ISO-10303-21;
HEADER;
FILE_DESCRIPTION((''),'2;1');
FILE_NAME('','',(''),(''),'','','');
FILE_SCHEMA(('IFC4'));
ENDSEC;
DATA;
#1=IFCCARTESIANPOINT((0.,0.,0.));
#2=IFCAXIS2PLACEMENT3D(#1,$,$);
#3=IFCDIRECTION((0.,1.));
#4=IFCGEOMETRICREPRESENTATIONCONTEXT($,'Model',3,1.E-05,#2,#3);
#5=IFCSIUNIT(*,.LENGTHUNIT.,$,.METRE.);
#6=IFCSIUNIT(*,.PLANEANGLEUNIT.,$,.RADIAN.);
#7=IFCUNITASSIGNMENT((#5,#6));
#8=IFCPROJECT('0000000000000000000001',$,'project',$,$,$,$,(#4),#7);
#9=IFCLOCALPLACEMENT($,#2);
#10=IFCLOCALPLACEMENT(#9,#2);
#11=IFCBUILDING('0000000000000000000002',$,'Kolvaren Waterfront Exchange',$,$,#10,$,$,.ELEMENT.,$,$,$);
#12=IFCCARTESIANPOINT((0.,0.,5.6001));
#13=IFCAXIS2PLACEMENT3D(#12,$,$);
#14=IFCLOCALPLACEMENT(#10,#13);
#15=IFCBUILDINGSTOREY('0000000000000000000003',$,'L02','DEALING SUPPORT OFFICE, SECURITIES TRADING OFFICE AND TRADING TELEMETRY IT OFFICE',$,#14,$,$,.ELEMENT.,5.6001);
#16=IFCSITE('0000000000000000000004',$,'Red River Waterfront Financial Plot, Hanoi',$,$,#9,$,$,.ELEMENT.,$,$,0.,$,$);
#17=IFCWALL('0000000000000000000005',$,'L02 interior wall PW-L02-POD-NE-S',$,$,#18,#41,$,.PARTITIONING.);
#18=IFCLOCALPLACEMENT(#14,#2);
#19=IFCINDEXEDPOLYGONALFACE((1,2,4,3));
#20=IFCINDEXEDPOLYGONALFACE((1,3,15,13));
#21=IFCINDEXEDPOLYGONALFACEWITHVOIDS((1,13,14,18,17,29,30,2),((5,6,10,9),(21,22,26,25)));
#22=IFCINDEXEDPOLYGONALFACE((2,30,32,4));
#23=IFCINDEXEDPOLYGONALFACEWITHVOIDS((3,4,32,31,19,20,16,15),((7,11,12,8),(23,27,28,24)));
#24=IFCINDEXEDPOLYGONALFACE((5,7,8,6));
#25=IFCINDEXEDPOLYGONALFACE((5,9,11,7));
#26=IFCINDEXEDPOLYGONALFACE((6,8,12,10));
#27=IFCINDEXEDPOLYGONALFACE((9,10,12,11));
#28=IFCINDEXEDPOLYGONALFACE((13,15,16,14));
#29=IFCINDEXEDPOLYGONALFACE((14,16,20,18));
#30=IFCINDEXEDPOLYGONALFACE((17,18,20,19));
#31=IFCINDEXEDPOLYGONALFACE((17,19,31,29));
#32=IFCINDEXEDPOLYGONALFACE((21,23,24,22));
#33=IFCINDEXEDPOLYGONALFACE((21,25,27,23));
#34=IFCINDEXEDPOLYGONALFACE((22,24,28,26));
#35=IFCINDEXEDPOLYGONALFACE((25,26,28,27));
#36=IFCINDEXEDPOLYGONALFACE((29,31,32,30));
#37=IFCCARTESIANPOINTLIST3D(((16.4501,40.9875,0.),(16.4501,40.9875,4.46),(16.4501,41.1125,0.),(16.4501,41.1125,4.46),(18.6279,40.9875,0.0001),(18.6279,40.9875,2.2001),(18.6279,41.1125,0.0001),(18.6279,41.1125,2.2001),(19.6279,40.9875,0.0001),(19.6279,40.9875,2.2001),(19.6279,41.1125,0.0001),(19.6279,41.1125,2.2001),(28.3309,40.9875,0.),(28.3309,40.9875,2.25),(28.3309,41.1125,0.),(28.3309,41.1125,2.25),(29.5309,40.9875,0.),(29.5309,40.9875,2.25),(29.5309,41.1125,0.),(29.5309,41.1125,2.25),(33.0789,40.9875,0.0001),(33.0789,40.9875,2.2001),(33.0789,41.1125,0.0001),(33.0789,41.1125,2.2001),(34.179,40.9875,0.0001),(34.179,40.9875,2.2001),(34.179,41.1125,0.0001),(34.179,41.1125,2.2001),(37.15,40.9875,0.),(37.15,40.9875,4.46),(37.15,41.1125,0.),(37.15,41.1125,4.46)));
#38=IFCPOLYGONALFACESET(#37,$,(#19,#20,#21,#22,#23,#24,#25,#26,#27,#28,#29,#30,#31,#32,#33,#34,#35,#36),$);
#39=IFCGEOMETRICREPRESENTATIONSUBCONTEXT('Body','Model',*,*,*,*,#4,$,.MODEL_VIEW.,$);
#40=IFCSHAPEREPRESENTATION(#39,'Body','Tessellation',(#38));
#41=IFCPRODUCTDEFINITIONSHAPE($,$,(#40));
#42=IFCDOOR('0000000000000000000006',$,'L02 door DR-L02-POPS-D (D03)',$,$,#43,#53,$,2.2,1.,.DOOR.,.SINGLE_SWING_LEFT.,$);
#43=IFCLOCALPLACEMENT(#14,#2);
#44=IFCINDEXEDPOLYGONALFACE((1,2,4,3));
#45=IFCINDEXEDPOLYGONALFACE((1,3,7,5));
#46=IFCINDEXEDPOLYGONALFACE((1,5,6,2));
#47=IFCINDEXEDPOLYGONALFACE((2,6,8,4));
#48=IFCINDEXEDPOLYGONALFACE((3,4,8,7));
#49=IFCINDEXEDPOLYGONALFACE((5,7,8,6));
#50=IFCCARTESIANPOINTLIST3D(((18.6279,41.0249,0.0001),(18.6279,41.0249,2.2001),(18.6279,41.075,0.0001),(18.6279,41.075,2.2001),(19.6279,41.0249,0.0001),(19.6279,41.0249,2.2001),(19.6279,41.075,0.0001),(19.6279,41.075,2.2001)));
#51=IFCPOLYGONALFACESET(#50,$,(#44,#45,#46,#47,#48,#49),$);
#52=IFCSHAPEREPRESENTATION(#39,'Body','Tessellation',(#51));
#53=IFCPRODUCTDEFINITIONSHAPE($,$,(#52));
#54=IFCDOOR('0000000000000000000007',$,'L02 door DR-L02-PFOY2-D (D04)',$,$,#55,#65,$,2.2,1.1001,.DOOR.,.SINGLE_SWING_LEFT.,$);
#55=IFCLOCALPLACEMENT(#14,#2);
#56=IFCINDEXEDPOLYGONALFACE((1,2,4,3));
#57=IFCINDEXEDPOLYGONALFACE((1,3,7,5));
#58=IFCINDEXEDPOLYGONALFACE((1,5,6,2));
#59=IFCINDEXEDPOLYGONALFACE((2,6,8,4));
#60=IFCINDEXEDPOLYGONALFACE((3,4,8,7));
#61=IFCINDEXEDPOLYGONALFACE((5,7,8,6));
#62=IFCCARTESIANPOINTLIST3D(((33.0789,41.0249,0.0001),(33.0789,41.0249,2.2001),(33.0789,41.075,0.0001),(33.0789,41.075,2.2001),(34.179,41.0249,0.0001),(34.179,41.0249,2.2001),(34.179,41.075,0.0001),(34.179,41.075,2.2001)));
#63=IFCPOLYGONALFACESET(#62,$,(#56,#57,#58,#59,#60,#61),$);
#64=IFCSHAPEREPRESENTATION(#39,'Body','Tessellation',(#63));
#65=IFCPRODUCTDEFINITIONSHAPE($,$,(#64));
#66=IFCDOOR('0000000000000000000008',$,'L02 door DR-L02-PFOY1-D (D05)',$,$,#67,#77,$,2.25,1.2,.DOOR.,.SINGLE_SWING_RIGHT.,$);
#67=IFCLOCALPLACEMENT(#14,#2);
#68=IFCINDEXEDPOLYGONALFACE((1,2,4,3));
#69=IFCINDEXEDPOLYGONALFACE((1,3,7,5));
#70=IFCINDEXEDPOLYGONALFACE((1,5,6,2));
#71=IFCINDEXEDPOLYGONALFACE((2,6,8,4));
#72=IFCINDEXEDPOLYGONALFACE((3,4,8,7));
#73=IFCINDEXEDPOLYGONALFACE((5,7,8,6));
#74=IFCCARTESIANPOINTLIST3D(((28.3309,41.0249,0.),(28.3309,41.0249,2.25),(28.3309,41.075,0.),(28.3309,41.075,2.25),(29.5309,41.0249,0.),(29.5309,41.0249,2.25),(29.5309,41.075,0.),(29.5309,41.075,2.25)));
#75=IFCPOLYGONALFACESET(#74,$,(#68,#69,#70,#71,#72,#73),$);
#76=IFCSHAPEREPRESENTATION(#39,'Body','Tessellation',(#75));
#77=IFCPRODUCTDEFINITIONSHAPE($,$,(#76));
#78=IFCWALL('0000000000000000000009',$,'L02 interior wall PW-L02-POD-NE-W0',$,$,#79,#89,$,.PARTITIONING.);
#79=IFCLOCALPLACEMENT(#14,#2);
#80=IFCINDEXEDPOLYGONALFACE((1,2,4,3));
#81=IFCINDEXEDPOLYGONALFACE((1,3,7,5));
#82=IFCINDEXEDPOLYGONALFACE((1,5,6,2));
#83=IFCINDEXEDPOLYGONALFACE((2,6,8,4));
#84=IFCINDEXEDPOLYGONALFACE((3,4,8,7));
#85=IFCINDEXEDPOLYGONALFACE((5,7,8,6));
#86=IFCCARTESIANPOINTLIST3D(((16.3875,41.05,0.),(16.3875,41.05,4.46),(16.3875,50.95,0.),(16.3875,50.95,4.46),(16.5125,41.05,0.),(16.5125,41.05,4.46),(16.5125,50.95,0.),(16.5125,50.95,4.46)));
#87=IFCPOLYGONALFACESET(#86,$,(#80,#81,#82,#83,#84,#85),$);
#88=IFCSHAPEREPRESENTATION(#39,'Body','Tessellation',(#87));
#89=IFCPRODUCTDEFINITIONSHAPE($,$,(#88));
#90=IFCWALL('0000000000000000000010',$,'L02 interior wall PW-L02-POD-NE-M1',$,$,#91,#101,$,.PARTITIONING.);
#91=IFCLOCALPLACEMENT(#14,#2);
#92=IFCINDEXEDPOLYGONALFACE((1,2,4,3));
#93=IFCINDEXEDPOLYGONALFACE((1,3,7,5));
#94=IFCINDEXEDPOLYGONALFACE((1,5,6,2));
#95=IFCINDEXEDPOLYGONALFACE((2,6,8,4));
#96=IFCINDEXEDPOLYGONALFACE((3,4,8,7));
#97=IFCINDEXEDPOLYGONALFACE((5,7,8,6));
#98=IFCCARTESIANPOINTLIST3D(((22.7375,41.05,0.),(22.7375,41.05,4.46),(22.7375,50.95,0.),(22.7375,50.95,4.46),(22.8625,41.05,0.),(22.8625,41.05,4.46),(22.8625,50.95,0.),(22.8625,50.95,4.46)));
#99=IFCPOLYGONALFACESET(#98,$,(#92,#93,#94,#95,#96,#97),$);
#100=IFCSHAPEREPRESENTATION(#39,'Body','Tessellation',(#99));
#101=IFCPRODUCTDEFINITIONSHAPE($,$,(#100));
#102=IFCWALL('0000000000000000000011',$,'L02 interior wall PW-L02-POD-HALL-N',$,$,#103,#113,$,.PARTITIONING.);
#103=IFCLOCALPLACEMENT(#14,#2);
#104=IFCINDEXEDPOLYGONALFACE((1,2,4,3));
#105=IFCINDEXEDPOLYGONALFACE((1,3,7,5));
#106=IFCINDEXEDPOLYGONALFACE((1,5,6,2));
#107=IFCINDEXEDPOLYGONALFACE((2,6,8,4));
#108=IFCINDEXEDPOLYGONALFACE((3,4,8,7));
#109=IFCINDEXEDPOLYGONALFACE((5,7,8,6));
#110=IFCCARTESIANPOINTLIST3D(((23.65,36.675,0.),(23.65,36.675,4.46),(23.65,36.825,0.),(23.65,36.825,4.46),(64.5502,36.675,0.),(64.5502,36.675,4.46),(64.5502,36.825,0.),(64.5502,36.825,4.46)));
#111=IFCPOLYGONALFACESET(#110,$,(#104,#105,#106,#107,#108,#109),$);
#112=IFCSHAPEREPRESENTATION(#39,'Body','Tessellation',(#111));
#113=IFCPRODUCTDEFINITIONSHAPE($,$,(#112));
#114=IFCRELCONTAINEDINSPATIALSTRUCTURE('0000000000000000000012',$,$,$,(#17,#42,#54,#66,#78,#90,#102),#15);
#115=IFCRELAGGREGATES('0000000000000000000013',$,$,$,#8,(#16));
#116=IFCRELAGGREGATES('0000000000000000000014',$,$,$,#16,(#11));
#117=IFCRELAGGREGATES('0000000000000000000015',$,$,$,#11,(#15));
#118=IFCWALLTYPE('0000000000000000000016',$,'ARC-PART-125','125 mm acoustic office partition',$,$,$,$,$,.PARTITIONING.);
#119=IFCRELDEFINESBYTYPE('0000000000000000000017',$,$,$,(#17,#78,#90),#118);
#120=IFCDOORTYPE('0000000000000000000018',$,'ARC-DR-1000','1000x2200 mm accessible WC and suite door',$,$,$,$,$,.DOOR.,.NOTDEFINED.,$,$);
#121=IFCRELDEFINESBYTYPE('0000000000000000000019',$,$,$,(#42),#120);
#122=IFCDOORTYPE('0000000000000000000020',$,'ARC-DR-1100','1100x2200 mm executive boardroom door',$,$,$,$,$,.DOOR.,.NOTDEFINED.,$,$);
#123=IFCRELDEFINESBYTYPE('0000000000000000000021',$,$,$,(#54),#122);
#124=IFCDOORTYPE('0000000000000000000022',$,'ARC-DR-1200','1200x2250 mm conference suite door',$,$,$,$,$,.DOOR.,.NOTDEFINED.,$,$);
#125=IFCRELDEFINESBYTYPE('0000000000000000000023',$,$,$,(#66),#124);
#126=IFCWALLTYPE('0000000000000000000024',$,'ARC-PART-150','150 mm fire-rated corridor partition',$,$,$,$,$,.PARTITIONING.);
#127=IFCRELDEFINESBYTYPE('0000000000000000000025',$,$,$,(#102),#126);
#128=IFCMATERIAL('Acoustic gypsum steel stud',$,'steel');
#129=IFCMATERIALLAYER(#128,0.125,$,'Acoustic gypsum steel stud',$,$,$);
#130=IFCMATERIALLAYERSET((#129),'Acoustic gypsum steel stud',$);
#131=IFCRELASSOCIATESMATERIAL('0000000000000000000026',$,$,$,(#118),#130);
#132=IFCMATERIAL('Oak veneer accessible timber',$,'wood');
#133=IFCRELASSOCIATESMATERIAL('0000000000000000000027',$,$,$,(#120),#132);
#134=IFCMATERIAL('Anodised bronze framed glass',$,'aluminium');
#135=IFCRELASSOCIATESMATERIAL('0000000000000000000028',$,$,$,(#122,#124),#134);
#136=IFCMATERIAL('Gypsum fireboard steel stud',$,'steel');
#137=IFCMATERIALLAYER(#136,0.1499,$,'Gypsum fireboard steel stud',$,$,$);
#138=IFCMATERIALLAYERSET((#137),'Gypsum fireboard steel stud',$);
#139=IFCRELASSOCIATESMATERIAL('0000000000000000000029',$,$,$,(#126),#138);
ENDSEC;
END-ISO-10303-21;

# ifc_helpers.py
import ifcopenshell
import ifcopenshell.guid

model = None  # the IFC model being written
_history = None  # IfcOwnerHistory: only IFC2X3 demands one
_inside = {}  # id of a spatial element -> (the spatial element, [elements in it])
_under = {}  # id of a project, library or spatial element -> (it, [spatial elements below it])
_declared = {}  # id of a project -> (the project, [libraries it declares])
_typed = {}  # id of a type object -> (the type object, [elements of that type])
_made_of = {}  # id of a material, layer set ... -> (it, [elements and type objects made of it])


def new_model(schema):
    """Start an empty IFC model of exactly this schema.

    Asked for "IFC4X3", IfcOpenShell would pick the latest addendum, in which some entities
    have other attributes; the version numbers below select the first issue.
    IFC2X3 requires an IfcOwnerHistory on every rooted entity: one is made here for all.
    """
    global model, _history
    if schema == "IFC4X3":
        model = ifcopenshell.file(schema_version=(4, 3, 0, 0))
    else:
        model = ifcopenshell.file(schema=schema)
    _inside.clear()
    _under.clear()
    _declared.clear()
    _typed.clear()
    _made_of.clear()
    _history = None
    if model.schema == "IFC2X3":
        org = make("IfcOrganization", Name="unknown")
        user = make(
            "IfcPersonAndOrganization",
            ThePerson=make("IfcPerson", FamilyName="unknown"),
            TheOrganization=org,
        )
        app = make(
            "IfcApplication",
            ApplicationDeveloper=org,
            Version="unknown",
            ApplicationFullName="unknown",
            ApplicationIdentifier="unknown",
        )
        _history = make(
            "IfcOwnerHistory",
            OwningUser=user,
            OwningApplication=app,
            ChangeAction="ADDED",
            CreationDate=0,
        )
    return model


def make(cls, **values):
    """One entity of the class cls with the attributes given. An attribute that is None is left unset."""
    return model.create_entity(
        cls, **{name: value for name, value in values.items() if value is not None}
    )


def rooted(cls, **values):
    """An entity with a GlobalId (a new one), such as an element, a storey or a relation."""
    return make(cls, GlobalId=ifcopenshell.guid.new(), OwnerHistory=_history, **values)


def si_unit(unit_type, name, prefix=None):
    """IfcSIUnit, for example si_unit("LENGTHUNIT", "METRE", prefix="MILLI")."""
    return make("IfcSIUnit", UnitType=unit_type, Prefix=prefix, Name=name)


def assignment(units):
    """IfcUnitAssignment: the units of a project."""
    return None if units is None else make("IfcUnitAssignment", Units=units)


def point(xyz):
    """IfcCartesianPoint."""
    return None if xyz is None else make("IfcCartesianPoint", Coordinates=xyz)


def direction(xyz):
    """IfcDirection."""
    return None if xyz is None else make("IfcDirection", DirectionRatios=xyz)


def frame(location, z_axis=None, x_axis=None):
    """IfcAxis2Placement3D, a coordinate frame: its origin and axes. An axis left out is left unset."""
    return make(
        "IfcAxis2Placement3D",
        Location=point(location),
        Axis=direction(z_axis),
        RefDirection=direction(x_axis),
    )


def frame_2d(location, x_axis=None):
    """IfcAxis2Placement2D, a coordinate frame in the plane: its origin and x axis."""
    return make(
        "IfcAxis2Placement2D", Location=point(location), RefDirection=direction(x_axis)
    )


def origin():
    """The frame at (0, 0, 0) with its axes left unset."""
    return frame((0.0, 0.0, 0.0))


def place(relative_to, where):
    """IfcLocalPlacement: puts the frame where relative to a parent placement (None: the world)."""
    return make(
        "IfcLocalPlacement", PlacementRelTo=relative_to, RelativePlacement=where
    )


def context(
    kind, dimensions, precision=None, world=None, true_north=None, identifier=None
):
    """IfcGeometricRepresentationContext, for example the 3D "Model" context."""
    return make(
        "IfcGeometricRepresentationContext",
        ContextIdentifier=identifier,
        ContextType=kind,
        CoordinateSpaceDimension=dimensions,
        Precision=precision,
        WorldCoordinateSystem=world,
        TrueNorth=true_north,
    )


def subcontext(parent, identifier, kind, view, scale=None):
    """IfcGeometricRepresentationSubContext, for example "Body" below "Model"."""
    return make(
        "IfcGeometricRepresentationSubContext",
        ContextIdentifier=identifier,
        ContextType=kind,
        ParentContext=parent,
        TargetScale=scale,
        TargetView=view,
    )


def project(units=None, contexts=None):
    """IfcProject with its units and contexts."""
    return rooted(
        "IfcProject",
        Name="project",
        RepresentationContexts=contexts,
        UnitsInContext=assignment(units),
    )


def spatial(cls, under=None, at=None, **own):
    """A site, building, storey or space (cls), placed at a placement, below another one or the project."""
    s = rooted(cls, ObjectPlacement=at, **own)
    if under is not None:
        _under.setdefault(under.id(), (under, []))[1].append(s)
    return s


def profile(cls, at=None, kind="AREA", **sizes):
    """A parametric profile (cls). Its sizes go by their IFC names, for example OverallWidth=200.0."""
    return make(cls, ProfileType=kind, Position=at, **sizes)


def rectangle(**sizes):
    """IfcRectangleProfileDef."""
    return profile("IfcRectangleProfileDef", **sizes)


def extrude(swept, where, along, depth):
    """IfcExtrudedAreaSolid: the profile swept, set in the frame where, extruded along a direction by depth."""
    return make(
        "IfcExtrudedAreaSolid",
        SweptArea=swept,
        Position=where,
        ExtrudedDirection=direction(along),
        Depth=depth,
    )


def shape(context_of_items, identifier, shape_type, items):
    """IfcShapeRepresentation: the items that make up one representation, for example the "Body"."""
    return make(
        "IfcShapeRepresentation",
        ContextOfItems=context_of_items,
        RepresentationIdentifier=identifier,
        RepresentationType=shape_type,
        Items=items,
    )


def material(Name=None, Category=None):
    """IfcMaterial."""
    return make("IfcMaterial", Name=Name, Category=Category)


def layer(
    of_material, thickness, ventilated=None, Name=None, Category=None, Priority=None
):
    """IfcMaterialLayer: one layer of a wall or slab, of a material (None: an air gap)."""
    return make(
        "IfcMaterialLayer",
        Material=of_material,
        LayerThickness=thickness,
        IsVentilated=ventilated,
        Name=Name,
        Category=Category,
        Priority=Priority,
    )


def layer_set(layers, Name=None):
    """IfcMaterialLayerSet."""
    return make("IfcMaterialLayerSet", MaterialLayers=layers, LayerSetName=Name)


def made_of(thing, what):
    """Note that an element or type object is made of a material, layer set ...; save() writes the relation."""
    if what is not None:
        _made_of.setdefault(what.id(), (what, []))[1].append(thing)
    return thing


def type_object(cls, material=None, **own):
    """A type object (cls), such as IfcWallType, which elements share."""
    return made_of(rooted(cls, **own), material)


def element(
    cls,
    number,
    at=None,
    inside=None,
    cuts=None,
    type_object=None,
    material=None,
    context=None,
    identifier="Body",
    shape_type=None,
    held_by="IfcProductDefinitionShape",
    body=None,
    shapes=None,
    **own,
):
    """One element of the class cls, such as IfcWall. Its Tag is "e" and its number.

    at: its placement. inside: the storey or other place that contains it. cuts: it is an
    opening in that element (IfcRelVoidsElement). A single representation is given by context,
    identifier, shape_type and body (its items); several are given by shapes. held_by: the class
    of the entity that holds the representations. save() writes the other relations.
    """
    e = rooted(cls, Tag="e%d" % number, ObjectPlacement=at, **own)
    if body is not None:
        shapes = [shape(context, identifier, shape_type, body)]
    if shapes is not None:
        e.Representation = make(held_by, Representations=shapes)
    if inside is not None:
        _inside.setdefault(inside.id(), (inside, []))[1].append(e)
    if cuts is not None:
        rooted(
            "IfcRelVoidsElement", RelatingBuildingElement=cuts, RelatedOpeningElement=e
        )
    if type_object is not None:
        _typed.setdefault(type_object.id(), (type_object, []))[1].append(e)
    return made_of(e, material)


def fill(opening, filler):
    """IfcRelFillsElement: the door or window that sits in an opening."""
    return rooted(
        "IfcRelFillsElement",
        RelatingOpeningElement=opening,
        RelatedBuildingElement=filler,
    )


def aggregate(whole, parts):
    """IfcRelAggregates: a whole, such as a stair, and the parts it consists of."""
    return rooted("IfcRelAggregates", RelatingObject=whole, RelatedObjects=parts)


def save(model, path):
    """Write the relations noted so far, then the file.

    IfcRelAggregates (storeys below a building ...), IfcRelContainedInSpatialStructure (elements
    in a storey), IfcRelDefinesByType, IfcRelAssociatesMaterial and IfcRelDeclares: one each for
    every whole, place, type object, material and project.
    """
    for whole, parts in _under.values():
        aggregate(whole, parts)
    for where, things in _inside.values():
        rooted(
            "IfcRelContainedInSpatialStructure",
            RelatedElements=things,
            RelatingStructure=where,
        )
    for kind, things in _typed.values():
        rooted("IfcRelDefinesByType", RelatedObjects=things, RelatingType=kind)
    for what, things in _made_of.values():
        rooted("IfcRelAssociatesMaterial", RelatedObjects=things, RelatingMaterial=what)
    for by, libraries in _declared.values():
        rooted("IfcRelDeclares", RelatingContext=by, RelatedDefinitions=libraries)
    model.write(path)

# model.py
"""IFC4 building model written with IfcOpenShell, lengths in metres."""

from ifc_helpers import new_model, si_unit, direction, frame, frame_2d, origin, place, context, subcontext, project, spatial, rectangle, extrude, material, layer, layer_set, type_object, element, fill, save


model = new_model("IFC4")

# Units and contexts
model_context = context("Model", 3, precision=1e-05, world=origin(), true_north=direction((0.0, 1.0)))
body_context = subcontext(model_context, "Body", "Model", "MODEL_VIEW")
ifc_project = project(units=[si_unit("LENGTHUNIT", "METRE"), si_unit("PLANEANGLEUNIT", "RADIAN")], contexts=[model_context])

# Site, building, storey
site_placement = place(None, origin())
site = spatial("IfcSite", under=ifc_project, at=site_placement, Name="Red River Waterfront Financial Plot, Hanoi", CompositionType="ELEMENT", RefElevation=0.0)
building_placement = place(site_placement, origin())
building = spatial("IfcBuilding", under=site, at=building_placement, Name="Kolvaren Waterfront Exchange", CompositionType="ELEMENT")
storey_placement = place(building_placement, frame((0.0, 0.0, 5.6001)))
storey = spatial("IfcBuildingStorey", under=building, at=storey_placement, Name="L02", Description="DEALING SUPPORT OFFICE, SECURITIES TRADING OFFICE AND TRADING TELEMETRY IT OFFICE", CompositionType="ELEMENT", Elevation=5.6001)

# Shared definitions
ifc_material_1 = material(Name="Acoustic gypsum steel stud", Category="steel")
ifc_layer_1 = layer(ifc_material_1, 0.125, Name="Acoustic gypsum steel stud")
ifc_layer_set_1 = layer_set([ifc_layer_1], Name="Acoustic gypsum steel stud")
wall_type_1 = type_object("IfcWallType", Name="ARC-PART-125", Description="125 mm acoustic office partition", PredefinedType="PARTITIONING", material=ifc_layer_set_1)
ifc_material_2 = material(Name="Oak veneer accessible timber", Category="wood")
door_type_1 = type_object("IfcDoorType", Name="ARC-DR-1000", Description="1000x2200 mm accessible WC and suite door", OperationType="NOTDEFINED", PredefinedType="DOOR", material=ifc_material_2)

# Wall, openings, doors
wall_1_placement = place(storey_placement, frame((16.45, 41.05, 0.0), z_axis=(0.0, 0.0, 1.0), x_axis=(1.0, 0.0, 0.0)))
wall_1 = element("IfcWall", 1, at=wall_1_placement, inside=storey, type_object=wall_type_1, Name="L02 interior wall PW-L02-POD-NE-S", PredefinedType="PARTITIONING", context=body_context, shape_type="SweptSolid", body=[
    extrude(rectangle(XDim=20.7, YDim=0.125, at=frame_2d((10.3501, 0.0))), origin(), (0.0, 0.0, 1.0), 4.46),
])
opening_1_placement = place(wall_1_placement, frame((2.178, 0.0, 0.0)))
opening_1 = element("IfcOpeningElement", 2, at=opening_1_placement, cuts=wall_1, PredefinedType="OPENING", context=body_context, shape_type="SweptSolid", body=[
    extrude(rectangle(XDim=1.0, YDim=2.2, at=frame_2d((0.5, 1.1001))), frame((0.0, 0.0725, 0.0), z_axis=(0.0, -1.0, 0.0), x_axis=(1.0, 0.0, 0.0)), (0.0, 0.0, 1.0), 0.145),
])
opening_2_placement = place(wall_1_placement, frame((11.8809, 0.0, 0.0)))
opening_2 = element("IfcOpeningElement", 3, at=opening_2_placement, cuts=wall_1, PredefinedType="OPENING", context=body_context, shape_type="SweptSolid", body=[
    extrude(rectangle(XDim=1.2, YDim=2.25, at=frame_2d((0.6001, 1.125))), frame((0.0, 0.0725, 0.0), z_axis=(0.0, -1.0, 0.0), x_axis=(1.0, 0.0, 0.0)), (0.0, 0.0, 1.0), 0.145),
])
opening_3_placement = place(wall_1_placement, frame((16.6289, 0.0, 0.0)))
opening_3 = element("IfcOpeningElement", 4, at=opening_3_placement, cuts=wall_1, PredefinedType="OPENING", context=body_context, shape_type="SweptSolid", body=[
    extrude(rectangle(XDim=1.1001, YDim=2.2, at=frame_2d((0.55, 1.1001))), frame((0.0, 0.0725, 0.0), z_axis=(0.0, -1.0, 0.0), x_axis=(1.0, 0.0, 0.0)), (0.0, 0.0, 1.0), 0.145),
])
door_1_placement = place(opening_1_placement, origin())
door_1 = element("IfcDoor", 5, at=door_1_placement, inside=storey, type_object=door_type_1, Name="L02 door DR-L02-POPS-D (D03)", OperationType="SINGLE_SWING_LEFT", OverallHeight=2.2, OverallWidth=1.0, PredefinedType="DOOR", context=body_context, shape_type="SweptSolid", body=[
    extrude(rectangle(XDim=1.0, YDim=2.2, at=frame_2d((0.5, 1.1001))), frame((0.0, 0.0249, 0.0), z_axis=(0.0, -1.0, 0.0), x_axis=(1.0, 0.0, 0.0)), (0.0, 0.0, 1.0), 0.05),
])
fill(opening_1, door_1)
ifc_material_3 = material(Name="Anodised bronze framed glass", Category="aluminium")
door_type_2 = type_object("IfcDoorType", Name="ARC-DR-1100", Description="1100x2200 mm executive boardroom door", OperationType="NOTDEFINED", PredefinedType="DOOR", material=ifc_material_3)
door_2_placement = place(opening_3_placement, origin())
door_2 = element("IfcDoor", 6, at=door_2_placement, inside=storey, type_object=door_type_2, Name="L02 door DR-L02-PFOY2-D (D04)", OperationType="SINGLE_SWING_LEFT", OverallHeight=2.2, OverallWidth=1.1001, PredefinedType="DOOR", context=body_context, shape_type="SweptSolid", body=[
    extrude(rectangle(XDim=1.1001, YDim=2.2, at=frame_2d((0.55, 1.1001))), frame((0.0, 0.0249, 0.0), z_axis=(0.0, -1.0, 0.0), x_axis=(1.0, 0.0, 0.0)), (0.0, 0.0, 1.0), 0.05),
])
fill(opening_3, door_2)
door_type_3 = type_object("IfcDoorType", Name="ARC-DR-1200", Description="1200x2250 mm conference suite door", OperationType="NOTDEFINED", PredefinedType="DOOR", material=ifc_material_3)
door_3_placement = place(opening_2_placement, origin())
door_3 = element("IfcDoor", 7, at=door_3_placement, inside=storey, type_object=door_type_3, Name="L02 door DR-L02-PFOY1-D (D05)", OperationType="SINGLE_SWING_RIGHT", OverallHeight=2.25, OverallWidth=1.2, PredefinedType="DOOR", context=body_context, shape_type="SweptSolid", body=[
    extrude(rectangle(XDim=1.2, YDim=2.25, at=frame_2d((0.6001, 1.125))), frame((0.0, 0.0249, 0.0), z_axis=(0.0, -1.0, 0.0), x_axis=(1.0, 0.0, 0.0)), (0.0, 0.0, 1.0), 0.05),
])
fill(opening_2, door_3)

# Walls
for number, where, z_axis, x_axis, name in (
    (8, (16.45, 41.05, 0.0), (0.0, 0.0, 1.0), (0.0, 1.0, 0.0), "L02 interior wall PW-L02-POD-NE-W0"),
    (9, (22.8, 41.05, 0.0), (0.0, 0.0, 1.0), (0.0, 1.0, 0.0), "L02 interior wall PW-L02-POD-NE-M1"),
):
    element("IfcWall", number, at=place(storey_placement, frame(where, z_axis=z_axis, x_axis=x_axis)), inside=storey, type_object=wall_type_1, Name=name, PredefinedType="PARTITIONING", context=body_context, shape_type="SweptSolid", body=[
        extrude(rectangle(XDim=9.8999, YDim=0.125, at=frame_2d((4.95, 0.0))), origin(), (0.0, 0.0, 1.0), 4.46),
    ])
ifc_material_4 = material(Name="Gypsum fireboard steel stud", Category="steel")
ifc_layer_2 = layer(ifc_material_4, 0.1499, Name="Gypsum fireboard steel stud")
ifc_layer_set_2 = layer_set([ifc_layer_2], Name="Gypsum fireboard steel stud")
wall_type_2 = type_object("IfcWallType", Name="ARC-PART-150", Description="150 mm fire-rated corridor partition", PredefinedType="PARTITIONING", material=ifc_layer_set_2)
wall_2_placement = place(storey_placement, frame((23.6499, 36.75, 0.0), z_axis=(0.0, 0.0, 1.0), x_axis=(1.0, 0.0, 0.0)))
element("IfcWall", 10, at=wall_2_placement, inside=storey, type_object=wall_type_2, Name="L02 interior wall PW-L02-POD-HALL-N", PredefinedType="PARTITIONING", context=body_context, shape_type="SweptSolid", body=[
    extrude(rectangle(XDim=40.9001, YDim=0.1499, at=frame_2d((20.4502, 0.0))), origin(), (0.0, 0.0, 1.0), 4.46),
])

save(model, "model.ifc")
